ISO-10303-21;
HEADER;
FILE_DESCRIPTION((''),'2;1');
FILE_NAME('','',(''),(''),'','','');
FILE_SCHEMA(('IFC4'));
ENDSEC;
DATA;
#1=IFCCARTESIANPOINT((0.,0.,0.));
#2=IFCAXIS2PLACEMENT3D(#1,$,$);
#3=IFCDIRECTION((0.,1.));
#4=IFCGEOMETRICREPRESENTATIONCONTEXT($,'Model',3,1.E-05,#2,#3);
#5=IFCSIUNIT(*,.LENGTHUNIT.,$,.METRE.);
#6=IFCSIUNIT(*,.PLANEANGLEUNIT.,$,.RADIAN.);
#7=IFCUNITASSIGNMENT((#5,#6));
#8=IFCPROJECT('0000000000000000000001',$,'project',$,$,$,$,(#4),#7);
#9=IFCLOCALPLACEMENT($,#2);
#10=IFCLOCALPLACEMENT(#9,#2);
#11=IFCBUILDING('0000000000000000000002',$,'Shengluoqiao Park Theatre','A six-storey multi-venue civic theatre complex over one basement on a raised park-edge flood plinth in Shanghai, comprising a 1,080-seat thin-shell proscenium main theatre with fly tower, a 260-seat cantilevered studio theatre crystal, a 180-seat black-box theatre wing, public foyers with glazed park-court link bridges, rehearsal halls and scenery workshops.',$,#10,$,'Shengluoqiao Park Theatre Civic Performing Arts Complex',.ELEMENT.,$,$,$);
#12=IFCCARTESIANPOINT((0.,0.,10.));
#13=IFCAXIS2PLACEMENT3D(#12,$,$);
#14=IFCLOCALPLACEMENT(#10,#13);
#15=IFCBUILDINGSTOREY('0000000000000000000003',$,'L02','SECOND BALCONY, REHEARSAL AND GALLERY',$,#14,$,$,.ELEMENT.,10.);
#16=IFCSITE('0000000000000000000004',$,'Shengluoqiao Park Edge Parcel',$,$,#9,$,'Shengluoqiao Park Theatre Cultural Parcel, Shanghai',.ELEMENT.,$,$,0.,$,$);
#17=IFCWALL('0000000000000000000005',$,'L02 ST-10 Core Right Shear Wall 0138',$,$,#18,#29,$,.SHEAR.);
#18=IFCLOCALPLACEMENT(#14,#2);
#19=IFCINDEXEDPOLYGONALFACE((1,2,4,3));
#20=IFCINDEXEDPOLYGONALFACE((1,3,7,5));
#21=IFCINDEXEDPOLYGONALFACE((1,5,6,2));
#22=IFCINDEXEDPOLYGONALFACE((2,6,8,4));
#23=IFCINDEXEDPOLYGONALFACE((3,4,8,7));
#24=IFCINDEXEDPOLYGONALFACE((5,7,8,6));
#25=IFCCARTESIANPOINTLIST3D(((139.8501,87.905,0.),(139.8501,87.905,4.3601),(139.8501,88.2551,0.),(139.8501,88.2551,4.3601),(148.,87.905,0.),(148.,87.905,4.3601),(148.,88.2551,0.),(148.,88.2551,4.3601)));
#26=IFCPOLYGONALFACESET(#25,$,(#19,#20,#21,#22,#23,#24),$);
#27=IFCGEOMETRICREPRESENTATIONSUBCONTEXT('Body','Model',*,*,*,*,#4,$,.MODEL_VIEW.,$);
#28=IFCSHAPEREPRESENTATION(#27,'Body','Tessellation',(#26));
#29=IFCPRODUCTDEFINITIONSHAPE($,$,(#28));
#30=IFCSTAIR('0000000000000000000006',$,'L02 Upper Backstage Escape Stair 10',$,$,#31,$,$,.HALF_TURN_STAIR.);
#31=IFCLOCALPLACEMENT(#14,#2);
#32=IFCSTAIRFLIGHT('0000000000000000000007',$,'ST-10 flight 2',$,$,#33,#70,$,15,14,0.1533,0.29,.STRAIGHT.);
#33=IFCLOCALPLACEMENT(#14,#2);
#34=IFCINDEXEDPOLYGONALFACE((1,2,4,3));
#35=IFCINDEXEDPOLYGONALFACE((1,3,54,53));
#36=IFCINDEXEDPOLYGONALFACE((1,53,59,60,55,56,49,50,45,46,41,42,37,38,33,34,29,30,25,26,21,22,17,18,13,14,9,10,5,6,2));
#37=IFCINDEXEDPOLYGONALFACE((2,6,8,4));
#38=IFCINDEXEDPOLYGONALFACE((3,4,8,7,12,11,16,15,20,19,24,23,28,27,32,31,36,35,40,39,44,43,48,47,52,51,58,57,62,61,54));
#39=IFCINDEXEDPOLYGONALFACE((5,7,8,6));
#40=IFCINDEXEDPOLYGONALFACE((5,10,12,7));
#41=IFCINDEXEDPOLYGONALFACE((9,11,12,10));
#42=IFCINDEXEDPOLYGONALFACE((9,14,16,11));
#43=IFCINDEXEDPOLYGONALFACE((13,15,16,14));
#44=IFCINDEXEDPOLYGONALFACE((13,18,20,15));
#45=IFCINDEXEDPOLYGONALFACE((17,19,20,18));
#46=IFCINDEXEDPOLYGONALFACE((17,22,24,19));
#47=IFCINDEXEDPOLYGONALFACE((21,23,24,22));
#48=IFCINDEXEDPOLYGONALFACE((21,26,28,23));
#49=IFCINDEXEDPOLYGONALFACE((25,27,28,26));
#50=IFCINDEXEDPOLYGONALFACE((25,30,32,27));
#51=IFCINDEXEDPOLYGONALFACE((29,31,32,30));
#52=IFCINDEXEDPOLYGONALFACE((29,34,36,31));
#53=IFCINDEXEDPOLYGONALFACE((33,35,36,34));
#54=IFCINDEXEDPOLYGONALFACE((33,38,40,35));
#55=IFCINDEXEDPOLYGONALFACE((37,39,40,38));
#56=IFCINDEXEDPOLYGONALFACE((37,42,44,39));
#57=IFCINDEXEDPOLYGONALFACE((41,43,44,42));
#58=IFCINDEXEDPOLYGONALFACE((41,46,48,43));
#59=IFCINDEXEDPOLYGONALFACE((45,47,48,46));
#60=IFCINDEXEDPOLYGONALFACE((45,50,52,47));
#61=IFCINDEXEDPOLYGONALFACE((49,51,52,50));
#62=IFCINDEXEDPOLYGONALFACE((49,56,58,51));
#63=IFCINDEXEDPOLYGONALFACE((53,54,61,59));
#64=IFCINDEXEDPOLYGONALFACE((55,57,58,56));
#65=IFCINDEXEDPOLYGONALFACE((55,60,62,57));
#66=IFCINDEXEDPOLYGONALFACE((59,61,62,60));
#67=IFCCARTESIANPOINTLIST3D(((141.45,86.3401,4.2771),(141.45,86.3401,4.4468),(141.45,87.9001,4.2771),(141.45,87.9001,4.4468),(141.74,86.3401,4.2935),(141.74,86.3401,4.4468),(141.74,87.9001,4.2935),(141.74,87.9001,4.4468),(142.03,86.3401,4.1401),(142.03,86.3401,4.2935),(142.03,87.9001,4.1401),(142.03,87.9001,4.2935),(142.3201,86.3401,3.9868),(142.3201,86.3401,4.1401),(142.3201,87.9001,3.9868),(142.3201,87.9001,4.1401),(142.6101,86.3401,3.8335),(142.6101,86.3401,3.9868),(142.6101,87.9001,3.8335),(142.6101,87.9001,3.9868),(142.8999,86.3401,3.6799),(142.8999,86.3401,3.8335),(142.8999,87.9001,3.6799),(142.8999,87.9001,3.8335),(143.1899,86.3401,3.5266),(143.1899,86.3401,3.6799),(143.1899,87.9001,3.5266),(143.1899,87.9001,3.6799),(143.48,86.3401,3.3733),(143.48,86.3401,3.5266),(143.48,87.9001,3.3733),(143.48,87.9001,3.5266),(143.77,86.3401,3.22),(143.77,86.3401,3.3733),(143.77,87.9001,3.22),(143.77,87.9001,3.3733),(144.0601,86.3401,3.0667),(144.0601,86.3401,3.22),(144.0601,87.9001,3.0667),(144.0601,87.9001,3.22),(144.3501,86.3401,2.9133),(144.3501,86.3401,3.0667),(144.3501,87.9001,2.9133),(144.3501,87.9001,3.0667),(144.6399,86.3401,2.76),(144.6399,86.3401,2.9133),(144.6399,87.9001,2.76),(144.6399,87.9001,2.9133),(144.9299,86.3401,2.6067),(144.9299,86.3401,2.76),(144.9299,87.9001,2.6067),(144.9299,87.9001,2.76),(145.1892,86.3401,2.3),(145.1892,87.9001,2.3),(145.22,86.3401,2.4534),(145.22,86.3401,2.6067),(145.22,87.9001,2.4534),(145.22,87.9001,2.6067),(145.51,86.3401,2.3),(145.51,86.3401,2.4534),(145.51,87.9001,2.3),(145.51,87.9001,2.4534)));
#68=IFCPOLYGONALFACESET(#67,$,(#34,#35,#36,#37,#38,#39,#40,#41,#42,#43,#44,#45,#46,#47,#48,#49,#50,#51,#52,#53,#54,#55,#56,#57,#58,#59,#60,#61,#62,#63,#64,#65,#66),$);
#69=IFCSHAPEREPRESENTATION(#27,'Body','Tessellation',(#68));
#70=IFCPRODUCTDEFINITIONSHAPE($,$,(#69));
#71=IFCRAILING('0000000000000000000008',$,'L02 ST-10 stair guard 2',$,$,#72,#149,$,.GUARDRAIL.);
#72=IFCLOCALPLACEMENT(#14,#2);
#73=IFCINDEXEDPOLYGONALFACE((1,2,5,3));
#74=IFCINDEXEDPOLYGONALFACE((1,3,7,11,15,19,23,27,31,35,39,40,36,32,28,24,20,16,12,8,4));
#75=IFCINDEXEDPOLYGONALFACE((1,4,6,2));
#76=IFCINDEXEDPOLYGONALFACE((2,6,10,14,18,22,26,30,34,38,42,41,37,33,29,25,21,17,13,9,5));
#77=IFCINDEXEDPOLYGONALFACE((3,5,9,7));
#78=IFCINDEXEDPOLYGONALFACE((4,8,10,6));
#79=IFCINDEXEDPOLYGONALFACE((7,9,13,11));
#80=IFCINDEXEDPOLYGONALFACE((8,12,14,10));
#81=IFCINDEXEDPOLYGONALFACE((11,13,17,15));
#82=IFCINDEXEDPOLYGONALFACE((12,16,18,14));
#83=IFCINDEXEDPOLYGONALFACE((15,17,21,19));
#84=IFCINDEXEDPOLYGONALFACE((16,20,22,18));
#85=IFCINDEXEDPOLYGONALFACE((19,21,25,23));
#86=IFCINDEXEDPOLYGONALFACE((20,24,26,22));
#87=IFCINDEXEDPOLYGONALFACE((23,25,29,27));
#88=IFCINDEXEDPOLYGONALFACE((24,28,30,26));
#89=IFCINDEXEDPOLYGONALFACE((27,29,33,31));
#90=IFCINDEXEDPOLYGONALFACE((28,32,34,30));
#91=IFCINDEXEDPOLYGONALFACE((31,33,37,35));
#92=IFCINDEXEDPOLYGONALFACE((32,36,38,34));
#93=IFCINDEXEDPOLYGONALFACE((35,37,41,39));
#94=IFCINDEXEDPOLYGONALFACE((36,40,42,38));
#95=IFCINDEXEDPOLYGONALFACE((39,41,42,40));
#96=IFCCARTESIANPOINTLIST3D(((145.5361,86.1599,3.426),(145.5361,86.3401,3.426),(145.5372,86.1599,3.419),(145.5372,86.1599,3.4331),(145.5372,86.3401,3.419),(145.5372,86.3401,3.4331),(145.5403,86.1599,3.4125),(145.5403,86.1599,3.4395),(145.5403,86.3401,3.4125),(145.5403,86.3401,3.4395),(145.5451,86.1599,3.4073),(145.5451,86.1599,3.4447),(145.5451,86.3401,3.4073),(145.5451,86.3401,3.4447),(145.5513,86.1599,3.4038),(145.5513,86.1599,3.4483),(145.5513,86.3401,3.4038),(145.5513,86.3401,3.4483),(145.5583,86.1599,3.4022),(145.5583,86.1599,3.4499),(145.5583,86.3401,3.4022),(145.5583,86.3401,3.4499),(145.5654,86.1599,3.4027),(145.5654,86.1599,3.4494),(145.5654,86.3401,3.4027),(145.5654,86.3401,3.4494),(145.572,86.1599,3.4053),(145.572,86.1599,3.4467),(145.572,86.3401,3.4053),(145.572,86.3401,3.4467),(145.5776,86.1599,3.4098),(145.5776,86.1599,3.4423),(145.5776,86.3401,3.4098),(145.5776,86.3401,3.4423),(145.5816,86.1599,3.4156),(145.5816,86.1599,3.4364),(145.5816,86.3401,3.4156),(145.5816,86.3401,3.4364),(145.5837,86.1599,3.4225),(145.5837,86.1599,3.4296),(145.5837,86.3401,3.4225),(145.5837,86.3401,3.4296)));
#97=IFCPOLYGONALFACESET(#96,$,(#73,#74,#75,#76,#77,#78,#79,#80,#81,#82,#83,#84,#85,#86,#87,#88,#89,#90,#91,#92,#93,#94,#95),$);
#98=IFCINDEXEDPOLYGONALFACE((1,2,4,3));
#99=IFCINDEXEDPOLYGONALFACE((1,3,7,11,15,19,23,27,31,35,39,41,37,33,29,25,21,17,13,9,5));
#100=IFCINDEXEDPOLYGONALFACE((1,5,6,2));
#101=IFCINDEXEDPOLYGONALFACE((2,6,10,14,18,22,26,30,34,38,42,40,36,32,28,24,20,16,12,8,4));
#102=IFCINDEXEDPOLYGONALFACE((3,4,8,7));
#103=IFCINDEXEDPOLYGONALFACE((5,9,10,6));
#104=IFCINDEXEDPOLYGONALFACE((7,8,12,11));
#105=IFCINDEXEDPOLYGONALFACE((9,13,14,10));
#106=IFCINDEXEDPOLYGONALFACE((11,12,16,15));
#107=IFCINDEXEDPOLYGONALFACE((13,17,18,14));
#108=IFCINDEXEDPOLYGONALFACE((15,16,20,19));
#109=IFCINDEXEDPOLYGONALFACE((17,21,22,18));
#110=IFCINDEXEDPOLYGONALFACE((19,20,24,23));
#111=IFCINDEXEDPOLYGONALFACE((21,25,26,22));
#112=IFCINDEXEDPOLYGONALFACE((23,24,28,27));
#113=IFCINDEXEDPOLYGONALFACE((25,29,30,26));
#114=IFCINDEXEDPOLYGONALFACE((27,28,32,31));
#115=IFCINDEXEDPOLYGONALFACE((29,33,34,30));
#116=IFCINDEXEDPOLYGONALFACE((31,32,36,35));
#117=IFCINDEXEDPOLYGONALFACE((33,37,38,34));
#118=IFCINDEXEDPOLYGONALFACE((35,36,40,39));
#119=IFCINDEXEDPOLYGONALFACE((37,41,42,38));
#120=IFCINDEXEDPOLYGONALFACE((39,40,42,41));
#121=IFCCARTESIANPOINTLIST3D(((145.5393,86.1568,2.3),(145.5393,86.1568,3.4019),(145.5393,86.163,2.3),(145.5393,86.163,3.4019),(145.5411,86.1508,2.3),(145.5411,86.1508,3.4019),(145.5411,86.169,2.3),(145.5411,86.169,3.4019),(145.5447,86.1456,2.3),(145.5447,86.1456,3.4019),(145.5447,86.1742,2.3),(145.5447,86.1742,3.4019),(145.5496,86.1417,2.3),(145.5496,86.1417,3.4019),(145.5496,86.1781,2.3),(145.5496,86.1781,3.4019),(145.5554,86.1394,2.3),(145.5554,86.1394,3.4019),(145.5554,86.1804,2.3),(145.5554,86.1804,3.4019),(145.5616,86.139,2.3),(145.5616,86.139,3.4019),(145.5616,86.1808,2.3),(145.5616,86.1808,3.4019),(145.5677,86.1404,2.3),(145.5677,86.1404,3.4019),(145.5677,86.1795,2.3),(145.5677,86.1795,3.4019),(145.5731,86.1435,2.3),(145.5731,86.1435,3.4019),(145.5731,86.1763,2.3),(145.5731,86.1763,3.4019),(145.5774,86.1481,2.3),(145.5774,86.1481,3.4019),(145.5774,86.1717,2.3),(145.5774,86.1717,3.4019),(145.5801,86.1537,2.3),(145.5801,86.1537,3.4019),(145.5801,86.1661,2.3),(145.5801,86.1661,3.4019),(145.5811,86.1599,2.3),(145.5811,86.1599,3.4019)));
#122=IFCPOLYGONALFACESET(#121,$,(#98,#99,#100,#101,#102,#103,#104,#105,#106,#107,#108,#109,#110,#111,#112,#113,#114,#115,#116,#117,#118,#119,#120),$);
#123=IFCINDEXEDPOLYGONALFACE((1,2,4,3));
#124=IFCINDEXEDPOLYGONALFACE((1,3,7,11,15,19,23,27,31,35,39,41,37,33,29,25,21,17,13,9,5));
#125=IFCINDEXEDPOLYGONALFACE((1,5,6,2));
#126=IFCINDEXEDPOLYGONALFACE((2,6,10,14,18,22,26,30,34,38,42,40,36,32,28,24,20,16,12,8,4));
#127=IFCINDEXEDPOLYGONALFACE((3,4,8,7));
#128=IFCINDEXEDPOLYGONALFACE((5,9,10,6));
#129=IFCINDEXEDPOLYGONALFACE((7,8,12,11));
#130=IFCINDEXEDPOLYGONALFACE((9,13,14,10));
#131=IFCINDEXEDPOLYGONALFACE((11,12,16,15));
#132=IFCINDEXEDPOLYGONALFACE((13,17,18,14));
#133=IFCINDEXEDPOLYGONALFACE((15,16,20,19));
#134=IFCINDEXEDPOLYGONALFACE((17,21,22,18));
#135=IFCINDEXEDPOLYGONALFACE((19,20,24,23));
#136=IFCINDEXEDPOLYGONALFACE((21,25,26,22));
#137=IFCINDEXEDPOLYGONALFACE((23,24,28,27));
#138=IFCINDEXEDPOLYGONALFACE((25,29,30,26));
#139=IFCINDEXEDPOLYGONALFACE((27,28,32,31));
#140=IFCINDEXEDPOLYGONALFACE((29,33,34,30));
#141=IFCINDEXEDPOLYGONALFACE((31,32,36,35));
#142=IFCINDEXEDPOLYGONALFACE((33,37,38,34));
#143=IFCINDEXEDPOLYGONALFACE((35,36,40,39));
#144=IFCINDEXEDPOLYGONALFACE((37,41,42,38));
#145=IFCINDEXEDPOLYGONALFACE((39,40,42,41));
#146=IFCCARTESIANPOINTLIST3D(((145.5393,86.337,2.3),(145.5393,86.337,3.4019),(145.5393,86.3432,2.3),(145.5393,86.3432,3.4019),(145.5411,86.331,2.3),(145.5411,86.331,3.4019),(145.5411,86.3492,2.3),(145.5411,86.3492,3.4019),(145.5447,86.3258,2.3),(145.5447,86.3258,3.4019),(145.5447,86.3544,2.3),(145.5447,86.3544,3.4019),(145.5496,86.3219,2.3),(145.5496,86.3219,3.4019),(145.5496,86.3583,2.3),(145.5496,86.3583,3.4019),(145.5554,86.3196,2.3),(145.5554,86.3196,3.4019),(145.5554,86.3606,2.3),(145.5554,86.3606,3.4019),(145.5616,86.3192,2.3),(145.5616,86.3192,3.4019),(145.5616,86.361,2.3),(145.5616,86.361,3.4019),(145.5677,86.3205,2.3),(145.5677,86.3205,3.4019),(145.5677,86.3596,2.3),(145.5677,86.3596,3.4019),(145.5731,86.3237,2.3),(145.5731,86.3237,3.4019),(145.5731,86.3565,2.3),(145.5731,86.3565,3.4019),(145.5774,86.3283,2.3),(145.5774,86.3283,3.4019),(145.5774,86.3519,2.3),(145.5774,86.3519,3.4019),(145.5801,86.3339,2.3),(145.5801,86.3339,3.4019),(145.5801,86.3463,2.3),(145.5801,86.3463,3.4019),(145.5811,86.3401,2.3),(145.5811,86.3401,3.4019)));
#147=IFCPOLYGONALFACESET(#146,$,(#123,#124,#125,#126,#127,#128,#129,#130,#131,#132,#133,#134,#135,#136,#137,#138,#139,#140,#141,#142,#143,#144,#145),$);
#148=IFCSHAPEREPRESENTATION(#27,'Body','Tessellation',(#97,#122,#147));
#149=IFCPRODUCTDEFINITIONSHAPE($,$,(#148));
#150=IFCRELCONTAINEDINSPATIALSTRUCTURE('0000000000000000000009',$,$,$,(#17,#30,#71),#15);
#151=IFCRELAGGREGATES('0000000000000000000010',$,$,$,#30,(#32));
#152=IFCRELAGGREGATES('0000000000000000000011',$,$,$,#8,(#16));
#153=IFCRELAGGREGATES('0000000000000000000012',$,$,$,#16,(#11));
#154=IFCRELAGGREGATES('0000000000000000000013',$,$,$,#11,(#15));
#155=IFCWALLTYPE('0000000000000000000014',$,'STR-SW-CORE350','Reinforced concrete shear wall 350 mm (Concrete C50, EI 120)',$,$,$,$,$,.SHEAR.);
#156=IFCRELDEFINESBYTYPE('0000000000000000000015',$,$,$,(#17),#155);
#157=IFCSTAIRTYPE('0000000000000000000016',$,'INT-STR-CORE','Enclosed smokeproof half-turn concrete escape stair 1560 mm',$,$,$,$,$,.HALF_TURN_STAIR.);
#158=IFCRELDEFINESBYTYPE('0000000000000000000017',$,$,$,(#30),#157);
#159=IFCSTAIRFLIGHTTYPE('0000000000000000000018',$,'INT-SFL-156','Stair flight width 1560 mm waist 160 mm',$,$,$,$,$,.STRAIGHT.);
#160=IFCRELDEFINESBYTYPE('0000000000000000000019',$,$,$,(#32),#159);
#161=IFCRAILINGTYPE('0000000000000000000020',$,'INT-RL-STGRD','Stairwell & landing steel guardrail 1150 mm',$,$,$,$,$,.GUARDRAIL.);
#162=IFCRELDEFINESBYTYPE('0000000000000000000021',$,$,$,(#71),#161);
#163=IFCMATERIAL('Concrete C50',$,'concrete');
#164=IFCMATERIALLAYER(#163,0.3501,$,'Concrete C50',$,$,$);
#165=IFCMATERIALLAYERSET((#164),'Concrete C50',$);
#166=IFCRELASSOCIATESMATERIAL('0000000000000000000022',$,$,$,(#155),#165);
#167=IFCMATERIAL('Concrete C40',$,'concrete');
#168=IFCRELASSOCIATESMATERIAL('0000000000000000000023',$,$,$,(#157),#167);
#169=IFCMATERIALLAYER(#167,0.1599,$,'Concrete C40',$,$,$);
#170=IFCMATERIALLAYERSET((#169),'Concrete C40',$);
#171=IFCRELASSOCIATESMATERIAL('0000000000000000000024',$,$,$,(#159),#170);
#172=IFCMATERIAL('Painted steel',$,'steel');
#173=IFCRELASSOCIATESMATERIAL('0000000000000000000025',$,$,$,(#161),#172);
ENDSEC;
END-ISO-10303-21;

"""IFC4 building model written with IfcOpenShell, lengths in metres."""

from ifc_helpers import new_model, si_unit, direction, frame, frame_2d, origin, origin_2d, place, context, subcontext, project, spatial, polyline, rectangle, circle, outline, extrude, material, layer, layer_set, type_object, element, aggregate, save


model = new_model("IFC4")

# Units and contexts
model_context = context("Model", 3, precision=1e-05, world=origin(), true_north=direction((0.0, 1.0)))
body_context = subcontext(model_context, "Body", "Model", "MODEL_VIEW")
ifc_project = project(units=[si_unit("LENGTHUNIT", "METRE"), si_unit("PLANEANGLEUNIT", "RADIAN")], contexts=[model_context])

# Site, building, storey
site_placement = place(None, origin())
site = spatial("IfcSite", under=ifc_project, at=site_placement, Name="Shengluoqiao Park Edge Parcel", LongName="Shengluoqiao Park Theatre Cultural Parcel, Shanghai", CompositionType="ELEMENT", RefElevation=0.0)
building_placement = place(site_placement, origin())
building = spatial("IfcBuilding", under=site, at=building_placement, Name="Shengluoqiao Park Theatre", Description="A six-storey multi-venue civic theatre complex over one basement on a raised park-edge flood plinth in Shanghai, comprising a 1,080-seat thin-shell proscenium main theatre with fly tower, a 260-seat cantilevered studio theatre crystal, a 180-seat black-box theatre wing, public foyers with glazed park-court link bridges, rehearsal halls and scenery workshops.", LongName="Shengluoqiao Park Theatre Civic Performing Arts Complex", CompositionType="ELEMENT")
storey_placement = place(building_placement, frame((0.0, 0.0, 10.0)))
storey = spatial("IfcBuildingStorey", under=building, at=storey_placement, Name="L02", Description="SECOND BALCONY, REHEARSAL AND GALLERY", CompositionType="ELEMENT", Elevation=10.0)

# Shared definitions
ifc_material_1 = material(Name="Concrete C40", Category="concrete")

# Wall
ifc_material_2 = material(Name="Concrete C50", Category="concrete")
ifc_layer_1 = layer(ifc_material_2, 0.3501, Name="Concrete C50")
ifc_layer_set_1 = layer_set([ifc_layer_1], Name="Concrete C50")
wall_type_1 = type_object("IfcWallType", Name="STR-SW-CORE350", Description="Reinforced concrete shear wall 350 mm (Concrete C50, EI 120)", PredefinedType="SHEAR", material=ifc_layer_set_1)
wall_1_placement = place(storey_placement, frame((148.0, 88.0801, 0.0), z_axis=(0.0, 0.0, 1.0), x_axis=(-1.0, 0.0, 0.0)))
element("IfcWall", 1, at=wall_1_placement, inside=storey, type_object=wall_type_1, Name="L02 ST-10 Core Right Shear Wall 0138", PredefinedType="SHEAR", context=body_context, shape_type="SweptSolid", body=[
    extrude(rectangle(XDim=8.1499, YDim=0.3501, at=frame_2d((4.075, 0.0))), origin(), (0.0, 0.0, 1.0), 4.3601),
])

# Stair, stair flight
stair_type = type_object("IfcStairType", Name="INT-STR-CORE", Description="Enclosed smokeproof half-turn concrete escape stair 1560 mm", PredefinedType="HALF_TURN_STAIR", material=ifc_material_1)
stair_placement = place(storey_placement, origin())
stair = element("IfcStair", 2, at=stair_placement, inside=storey, type_object=stair_type, Name="L02 Upper Backstage Escape Stair 10", PredefinedType="HALF_TURN_STAIR")
ifc_layer_2 = layer(ifc_material_1, 0.1599, Name="Concrete C40")
ifc_layer_set_2 = layer_set([ifc_layer_2], Name="Concrete C40")
stair_flight_type = type_object("IfcStairFlightType", Name="INT-SFL-156", Description="Stair flight width 1560 mm waist 160 mm", PredefinedType="STRAIGHT", material=ifc_layer_set_2)
stair_flight_placement = place(storey_placement, frame((145.51, 87.1201, 2.3), z_axis=(0.0, 0.0, 1.0), x_axis=(-1.0, 0.0, 0.0)))
stair_flight = element("IfcStairFlight", 3, at=stair_flight_placement, type_object=stair_flight_type, Name="ST-10 flight 2", NumberOfRisers=15, NumberOfTreads=14, PredefinedType="STRAIGHT", RiserHeight=0.1533, TreadLength=0.29, context=body_context, shape_type="SweptSolid", body=[
    extrude(outline(polyline([(0.0, 0.0), (0.0, 0.1533), (0.29, 0.1533), (0.29, 0.3066), (0.5801, 0.3066), (0.5801, 0.46), (0.8701, 0.46), (0.8701, 0.6133), (1.1599, 0.6133), (1.1599, 0.7666), (1.45, 0.7666), (1.45, 0.9199), (1.74, 0.9199), (1.74, 1.0732), (2.03, 1.0732), (2.03, 1.2266), (2.3201, 1.2266), (2.3201, 1.3799), (2.6101, 1.3799), (2.6101, 1.5334), (2.8999, 1.5334), (2.8999, 1.6868), (3.1899, 1.6868), (3.1899, 1.8401), (3.48, 1.8401), (3.48, 1.9934), (3.77, 1.9934), (3.77, 2.1467), (4.0601, 2.1467), (4.0601, 2.3), (4.0601, 1.9771), (0.3208, 0.0), (0.0, 0.0)])), frame((0.0, 0.78, 0.0), z_axis=(0.0, -1.0, 0.0), x_axis=(1.0, 0.0, 0.0)), (0.0, 0.0, 1.0), 1.5601),
])
aggregate(stair, [stair_flight])

# Railing
ifc_material_3 = material(Name="Painted steel", Category="steel")
railing_type_1 = type_object("IfcRailingType", Name="INT-RL-STGRD", Description="Stairwell & landing steel guardrail 1150 mm", PredefinedType="GUARDRAIL", material=ifc_material_3)
railing_1_placement = place(storey_placement, frame((145.5601, 86.1599, 2.3)))
element("IfcRailing", 4, at=railing_1_placement, inside=storey, type_object=railing_type_1, Name="L02 ST-10 stair guard 2", PredefinedType="GUARDRAIL", context=body_context, shape_type="SweptSolid", body=[
    extrude(circle(Radius=0.0239, at=origin_2d()), frame((0.0, 0.0, 1.126), z_axis=(0.0, 1.0, 0.0), x_axis=(-1.0, 0.0, 0.0)), (0.0, 0.0, 1.0), 0.1802),
    extrude(circle(Radius=0.021, at=origin_2d()), origin(), (0.0, 0.0, 1.0), 1.1018),
    extrude(circle(Radius=0.021, at=origin_2d()), frame((0.0, 0.1802, 0.0)), (0.0, 0.0, 1.0), 1.1018),
])

save(model, "model.ifc")
